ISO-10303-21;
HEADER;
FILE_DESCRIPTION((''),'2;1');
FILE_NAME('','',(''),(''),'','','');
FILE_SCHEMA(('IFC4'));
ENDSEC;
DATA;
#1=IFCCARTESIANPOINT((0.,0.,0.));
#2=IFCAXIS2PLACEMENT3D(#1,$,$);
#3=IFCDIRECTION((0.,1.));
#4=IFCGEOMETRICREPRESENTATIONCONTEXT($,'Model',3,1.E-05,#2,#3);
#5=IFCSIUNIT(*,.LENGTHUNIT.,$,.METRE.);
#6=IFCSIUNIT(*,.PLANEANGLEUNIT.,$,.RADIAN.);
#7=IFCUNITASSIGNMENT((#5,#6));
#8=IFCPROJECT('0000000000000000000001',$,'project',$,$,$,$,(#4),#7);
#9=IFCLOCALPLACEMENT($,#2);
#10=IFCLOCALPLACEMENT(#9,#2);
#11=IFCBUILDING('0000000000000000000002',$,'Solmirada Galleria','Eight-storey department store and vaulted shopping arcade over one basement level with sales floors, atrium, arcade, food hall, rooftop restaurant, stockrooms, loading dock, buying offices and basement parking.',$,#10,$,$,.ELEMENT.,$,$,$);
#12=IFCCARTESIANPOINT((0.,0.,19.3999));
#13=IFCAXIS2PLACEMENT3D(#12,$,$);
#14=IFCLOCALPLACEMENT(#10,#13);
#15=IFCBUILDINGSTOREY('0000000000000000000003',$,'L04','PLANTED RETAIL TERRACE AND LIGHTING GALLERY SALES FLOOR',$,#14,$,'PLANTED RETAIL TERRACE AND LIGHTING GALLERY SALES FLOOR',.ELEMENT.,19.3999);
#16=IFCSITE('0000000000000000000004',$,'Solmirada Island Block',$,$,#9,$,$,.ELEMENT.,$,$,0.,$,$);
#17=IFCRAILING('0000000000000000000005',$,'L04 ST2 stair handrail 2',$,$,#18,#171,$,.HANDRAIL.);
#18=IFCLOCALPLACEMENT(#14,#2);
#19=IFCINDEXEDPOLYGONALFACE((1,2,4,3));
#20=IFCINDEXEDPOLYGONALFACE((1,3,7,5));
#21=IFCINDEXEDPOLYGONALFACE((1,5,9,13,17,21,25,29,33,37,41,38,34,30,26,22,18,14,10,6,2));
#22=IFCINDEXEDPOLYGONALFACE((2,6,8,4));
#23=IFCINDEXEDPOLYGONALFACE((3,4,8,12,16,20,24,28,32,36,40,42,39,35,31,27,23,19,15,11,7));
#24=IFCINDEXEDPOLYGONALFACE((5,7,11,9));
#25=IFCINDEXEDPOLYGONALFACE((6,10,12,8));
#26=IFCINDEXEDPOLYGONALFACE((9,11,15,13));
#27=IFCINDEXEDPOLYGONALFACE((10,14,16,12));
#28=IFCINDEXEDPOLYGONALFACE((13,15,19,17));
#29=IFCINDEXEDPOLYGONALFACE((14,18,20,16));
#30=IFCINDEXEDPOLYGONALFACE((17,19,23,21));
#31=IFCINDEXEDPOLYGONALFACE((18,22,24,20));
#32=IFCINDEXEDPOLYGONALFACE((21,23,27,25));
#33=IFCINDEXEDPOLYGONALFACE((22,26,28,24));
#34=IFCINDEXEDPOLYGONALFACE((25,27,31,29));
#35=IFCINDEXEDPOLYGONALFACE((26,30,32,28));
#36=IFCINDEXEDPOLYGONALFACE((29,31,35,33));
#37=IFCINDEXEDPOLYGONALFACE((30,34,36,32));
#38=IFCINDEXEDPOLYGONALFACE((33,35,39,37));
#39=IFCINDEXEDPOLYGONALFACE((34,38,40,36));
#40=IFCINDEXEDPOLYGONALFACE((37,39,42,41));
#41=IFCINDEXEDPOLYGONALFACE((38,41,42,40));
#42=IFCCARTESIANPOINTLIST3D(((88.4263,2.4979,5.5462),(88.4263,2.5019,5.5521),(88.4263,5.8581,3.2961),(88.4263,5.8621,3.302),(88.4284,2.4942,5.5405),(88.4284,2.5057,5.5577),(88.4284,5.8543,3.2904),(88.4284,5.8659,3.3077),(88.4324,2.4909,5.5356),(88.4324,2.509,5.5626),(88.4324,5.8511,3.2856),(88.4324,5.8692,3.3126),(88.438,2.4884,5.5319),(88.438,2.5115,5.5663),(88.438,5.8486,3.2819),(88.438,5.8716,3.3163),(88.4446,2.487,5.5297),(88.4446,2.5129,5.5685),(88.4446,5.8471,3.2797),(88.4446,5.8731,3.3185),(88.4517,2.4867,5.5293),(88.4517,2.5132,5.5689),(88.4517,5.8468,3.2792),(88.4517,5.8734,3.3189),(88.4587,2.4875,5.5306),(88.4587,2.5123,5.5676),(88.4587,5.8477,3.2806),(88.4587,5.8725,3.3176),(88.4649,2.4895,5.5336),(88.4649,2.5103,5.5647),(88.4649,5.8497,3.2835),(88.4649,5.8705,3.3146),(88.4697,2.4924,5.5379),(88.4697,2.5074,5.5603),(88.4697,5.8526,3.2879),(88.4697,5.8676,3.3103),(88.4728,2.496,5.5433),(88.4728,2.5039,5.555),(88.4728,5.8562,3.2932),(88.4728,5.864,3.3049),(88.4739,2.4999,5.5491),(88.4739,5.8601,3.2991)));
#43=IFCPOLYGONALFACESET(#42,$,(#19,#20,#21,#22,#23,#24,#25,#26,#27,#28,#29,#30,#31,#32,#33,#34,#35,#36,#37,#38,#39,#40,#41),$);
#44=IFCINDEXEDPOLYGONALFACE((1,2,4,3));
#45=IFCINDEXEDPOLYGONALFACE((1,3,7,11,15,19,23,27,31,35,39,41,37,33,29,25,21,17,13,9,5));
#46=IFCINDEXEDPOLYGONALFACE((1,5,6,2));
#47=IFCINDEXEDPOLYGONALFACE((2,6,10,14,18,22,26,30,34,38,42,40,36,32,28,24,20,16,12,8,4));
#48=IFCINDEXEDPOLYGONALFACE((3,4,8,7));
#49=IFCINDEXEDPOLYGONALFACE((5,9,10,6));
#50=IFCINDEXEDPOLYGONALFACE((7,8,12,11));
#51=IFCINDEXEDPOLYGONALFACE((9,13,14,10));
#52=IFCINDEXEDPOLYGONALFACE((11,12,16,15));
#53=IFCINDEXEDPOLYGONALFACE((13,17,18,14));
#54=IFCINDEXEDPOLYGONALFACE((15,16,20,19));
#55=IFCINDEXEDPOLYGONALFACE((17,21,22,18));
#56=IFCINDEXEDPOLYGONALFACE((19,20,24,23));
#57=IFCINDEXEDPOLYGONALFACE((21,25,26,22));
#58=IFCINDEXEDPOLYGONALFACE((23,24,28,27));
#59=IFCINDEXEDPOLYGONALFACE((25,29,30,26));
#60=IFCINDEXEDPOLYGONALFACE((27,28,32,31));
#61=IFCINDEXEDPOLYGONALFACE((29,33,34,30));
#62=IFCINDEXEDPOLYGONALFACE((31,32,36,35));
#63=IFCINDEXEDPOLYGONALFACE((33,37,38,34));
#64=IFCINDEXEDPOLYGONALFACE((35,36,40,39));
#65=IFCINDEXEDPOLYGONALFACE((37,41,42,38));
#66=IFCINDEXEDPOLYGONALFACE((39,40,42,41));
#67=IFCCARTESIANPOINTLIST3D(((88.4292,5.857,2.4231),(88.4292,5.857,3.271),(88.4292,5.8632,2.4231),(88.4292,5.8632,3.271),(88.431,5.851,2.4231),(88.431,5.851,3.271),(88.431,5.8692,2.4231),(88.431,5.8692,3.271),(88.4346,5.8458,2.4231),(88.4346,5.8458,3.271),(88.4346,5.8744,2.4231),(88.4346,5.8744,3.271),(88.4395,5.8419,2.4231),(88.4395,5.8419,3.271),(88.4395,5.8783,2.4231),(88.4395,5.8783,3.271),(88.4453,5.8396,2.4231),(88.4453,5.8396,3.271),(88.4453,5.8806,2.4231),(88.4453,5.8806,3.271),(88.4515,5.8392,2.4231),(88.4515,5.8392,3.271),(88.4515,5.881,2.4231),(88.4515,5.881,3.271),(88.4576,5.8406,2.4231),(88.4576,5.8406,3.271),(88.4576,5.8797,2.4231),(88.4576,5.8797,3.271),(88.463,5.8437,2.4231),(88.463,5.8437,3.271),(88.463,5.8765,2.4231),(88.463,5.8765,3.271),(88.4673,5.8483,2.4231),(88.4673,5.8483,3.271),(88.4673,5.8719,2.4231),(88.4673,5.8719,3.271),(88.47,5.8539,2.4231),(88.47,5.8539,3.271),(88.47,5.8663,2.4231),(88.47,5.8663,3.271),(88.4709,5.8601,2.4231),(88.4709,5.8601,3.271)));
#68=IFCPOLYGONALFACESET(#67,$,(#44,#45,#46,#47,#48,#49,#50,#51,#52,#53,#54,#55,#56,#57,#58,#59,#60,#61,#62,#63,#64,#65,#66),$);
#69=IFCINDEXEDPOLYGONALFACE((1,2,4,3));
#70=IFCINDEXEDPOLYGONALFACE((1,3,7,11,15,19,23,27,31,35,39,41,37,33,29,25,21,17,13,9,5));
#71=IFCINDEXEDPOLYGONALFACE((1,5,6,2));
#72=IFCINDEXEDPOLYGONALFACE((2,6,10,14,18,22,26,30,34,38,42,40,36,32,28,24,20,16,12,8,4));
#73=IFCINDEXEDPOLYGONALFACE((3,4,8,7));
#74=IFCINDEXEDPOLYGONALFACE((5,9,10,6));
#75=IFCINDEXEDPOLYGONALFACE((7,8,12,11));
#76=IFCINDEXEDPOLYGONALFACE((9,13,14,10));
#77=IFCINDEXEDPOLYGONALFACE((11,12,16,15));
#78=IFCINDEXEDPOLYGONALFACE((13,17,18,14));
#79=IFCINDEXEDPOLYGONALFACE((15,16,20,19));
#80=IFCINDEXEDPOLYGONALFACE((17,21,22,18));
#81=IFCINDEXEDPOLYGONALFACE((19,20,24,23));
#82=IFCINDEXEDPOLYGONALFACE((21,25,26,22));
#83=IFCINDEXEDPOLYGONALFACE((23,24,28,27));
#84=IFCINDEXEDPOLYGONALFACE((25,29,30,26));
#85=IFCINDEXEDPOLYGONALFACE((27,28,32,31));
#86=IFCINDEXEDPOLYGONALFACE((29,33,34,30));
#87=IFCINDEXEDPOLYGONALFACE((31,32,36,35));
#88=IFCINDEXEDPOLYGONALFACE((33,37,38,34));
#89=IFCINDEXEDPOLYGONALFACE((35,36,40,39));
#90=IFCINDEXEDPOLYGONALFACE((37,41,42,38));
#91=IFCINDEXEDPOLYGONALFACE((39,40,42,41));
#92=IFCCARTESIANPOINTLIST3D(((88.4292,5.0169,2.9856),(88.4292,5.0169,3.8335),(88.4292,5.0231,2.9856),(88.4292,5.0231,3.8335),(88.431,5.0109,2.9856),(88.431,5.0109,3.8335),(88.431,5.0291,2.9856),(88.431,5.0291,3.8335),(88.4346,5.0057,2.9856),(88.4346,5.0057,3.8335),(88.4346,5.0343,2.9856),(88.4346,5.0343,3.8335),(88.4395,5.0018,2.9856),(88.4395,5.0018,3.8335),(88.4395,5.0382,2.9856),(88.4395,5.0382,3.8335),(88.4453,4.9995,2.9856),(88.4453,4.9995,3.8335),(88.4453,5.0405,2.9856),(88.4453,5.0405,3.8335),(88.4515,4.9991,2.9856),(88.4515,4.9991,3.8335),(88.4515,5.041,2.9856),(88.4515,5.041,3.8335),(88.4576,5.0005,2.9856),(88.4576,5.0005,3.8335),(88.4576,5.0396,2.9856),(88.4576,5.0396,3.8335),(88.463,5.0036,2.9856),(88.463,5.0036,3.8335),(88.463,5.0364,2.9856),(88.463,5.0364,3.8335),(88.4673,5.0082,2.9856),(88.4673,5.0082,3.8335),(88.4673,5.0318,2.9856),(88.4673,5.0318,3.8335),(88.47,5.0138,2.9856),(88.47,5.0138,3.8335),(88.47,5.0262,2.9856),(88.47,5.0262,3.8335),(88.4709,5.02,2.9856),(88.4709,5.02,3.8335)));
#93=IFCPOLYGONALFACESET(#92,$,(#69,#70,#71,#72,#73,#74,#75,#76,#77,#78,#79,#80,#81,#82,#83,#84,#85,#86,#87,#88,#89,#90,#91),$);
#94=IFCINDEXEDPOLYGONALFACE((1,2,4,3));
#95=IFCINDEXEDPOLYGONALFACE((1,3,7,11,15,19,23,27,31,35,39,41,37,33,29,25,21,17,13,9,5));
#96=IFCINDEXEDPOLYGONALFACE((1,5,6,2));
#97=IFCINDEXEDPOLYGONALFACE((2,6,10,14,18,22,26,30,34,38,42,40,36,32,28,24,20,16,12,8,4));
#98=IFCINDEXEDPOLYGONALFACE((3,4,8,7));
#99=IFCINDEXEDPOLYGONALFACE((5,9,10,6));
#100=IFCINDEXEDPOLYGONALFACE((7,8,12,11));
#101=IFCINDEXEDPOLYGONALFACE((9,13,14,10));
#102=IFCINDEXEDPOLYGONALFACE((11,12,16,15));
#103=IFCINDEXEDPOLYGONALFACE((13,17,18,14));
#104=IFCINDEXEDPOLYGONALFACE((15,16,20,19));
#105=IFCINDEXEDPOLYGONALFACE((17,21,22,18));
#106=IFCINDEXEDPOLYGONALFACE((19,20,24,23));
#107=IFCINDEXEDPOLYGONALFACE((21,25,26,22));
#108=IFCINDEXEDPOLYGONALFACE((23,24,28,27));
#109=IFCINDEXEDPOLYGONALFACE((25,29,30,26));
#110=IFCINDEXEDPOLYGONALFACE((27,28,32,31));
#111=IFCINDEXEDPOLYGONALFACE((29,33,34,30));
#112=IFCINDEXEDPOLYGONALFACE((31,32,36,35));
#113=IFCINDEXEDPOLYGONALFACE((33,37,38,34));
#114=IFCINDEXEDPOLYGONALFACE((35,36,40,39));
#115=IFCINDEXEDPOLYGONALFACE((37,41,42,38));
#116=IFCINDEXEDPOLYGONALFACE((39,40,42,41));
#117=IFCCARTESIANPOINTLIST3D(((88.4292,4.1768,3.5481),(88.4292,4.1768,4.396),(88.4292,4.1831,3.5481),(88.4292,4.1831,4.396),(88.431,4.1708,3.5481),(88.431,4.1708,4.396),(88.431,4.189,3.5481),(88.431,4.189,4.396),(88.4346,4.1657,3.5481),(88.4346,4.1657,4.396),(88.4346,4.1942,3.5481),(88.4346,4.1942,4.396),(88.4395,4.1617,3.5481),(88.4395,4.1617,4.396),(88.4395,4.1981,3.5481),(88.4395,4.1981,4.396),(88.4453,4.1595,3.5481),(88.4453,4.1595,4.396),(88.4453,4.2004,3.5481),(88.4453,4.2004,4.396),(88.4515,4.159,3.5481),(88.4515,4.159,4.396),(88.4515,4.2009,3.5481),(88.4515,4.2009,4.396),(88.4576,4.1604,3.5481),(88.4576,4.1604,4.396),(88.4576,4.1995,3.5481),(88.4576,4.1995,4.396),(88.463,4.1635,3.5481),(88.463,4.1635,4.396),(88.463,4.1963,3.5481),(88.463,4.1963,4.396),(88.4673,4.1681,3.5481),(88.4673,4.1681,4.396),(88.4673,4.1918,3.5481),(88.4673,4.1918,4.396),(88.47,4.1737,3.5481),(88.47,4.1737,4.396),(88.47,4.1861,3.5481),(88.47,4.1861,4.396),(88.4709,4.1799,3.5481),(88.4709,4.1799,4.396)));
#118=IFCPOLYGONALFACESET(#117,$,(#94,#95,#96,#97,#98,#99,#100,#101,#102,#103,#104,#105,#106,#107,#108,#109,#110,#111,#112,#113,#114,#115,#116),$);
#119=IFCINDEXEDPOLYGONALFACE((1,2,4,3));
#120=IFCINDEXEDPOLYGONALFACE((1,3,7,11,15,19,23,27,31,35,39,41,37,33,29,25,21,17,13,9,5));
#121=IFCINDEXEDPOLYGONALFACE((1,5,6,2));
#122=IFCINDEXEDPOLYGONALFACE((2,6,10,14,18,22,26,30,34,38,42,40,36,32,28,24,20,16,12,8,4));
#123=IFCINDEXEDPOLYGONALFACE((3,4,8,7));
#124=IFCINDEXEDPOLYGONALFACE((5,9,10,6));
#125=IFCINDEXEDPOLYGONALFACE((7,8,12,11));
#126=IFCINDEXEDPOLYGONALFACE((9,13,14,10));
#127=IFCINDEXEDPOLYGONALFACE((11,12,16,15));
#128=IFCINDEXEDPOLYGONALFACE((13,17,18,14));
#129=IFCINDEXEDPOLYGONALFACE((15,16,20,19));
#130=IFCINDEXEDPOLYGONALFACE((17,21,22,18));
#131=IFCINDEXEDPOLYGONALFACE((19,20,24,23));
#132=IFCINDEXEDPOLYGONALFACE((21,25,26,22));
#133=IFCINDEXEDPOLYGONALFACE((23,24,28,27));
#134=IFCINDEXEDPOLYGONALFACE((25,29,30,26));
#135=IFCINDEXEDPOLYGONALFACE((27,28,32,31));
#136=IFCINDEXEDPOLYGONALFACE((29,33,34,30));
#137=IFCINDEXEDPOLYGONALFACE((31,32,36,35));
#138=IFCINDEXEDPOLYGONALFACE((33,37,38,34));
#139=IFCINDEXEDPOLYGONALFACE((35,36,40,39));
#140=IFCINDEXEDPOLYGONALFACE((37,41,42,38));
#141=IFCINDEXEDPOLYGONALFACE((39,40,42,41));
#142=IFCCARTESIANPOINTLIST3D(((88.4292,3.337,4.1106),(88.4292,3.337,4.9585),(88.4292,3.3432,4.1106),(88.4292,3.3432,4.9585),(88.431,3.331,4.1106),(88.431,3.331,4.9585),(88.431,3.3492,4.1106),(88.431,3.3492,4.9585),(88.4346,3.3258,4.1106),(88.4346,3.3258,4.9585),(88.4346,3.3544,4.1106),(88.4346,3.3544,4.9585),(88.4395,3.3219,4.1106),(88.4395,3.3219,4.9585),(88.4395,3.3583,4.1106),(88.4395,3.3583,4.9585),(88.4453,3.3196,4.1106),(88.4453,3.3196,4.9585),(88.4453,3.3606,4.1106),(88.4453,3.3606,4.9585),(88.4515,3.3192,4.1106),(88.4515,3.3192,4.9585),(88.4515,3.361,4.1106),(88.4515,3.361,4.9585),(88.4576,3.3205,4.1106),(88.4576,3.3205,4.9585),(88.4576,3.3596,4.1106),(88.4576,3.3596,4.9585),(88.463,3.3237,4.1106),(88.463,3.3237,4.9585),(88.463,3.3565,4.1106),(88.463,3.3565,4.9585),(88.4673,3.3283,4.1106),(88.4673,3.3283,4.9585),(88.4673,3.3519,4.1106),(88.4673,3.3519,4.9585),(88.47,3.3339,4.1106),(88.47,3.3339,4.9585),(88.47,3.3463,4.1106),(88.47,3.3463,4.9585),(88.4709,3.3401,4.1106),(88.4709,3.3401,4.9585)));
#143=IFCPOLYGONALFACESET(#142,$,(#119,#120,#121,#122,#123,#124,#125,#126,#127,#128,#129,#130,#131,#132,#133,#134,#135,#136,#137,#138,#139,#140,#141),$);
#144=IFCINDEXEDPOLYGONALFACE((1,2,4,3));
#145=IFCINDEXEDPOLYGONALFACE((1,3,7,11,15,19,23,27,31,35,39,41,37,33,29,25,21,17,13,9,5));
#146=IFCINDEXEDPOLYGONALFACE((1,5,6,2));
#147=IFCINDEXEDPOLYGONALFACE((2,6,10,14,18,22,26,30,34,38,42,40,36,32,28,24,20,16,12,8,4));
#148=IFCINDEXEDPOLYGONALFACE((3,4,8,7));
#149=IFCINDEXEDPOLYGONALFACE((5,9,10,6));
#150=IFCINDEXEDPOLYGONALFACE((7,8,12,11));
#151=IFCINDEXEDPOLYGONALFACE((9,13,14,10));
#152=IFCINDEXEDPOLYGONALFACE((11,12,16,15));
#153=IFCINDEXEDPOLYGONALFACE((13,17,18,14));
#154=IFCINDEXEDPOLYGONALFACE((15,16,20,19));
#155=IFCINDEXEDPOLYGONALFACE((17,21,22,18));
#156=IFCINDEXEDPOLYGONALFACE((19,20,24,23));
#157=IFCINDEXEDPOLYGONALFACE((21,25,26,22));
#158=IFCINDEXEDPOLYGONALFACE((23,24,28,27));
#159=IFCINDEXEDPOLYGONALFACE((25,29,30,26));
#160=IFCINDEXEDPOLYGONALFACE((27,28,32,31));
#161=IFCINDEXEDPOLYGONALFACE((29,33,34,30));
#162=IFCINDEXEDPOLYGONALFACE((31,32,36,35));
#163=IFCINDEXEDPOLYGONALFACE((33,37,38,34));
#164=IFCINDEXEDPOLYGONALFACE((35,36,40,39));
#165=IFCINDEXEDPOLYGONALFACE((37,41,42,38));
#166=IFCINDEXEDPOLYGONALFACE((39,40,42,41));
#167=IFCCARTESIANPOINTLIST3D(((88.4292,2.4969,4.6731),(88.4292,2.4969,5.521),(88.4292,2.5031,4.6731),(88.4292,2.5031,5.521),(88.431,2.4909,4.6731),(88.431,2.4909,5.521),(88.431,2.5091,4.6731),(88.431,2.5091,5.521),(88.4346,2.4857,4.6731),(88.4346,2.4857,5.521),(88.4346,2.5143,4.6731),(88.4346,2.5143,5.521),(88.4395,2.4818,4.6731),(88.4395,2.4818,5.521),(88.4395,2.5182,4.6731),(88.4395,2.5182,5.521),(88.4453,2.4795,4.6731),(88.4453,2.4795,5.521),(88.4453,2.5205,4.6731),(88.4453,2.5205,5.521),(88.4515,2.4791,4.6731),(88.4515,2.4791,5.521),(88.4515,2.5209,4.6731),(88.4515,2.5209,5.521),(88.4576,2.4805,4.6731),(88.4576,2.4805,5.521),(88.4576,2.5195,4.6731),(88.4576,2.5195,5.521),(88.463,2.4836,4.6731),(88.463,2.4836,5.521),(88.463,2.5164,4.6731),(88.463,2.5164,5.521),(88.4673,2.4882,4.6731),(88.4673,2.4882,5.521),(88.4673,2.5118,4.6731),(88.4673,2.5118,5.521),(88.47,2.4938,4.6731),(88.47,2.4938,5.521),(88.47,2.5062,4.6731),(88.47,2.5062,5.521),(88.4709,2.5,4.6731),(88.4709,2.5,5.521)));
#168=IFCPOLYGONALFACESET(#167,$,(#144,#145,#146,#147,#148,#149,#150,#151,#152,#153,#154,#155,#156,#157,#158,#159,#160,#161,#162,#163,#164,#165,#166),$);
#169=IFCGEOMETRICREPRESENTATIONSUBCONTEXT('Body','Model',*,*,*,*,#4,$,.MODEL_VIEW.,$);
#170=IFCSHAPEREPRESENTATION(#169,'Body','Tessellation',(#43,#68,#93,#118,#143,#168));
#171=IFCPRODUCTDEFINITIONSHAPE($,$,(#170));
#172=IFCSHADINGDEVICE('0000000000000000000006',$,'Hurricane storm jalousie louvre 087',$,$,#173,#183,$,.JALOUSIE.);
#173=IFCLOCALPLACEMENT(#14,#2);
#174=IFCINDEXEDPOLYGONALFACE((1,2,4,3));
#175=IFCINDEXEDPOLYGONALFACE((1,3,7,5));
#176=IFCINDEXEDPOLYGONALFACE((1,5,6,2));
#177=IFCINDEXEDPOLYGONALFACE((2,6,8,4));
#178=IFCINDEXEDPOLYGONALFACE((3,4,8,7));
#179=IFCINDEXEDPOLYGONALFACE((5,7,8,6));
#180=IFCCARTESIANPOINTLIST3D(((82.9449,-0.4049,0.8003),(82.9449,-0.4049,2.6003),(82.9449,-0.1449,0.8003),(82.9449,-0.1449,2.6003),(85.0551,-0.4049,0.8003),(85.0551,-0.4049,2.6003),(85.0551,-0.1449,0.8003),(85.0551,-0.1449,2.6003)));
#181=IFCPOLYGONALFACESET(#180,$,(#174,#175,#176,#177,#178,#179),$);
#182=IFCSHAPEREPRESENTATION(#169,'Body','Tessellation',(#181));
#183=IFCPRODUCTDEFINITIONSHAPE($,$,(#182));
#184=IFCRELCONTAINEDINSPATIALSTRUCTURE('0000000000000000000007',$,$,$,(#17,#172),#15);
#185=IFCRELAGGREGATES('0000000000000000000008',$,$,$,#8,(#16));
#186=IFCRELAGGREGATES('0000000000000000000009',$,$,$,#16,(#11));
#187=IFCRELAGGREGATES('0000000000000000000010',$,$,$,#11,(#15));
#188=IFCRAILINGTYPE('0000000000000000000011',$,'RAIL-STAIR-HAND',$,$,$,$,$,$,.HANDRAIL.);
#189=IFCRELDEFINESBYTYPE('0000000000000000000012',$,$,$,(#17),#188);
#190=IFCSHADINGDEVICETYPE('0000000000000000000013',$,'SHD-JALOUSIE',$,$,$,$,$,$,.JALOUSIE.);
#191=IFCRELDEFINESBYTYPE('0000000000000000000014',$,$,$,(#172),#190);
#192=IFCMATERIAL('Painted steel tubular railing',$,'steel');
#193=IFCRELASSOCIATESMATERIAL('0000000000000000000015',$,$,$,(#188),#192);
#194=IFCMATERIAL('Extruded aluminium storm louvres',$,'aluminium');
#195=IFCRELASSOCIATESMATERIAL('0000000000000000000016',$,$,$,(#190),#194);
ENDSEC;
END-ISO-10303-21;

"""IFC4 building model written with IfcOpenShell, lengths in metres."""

from ifc_helpers import new_model, si_unit, direction, frame, origin, origin_2d, place, context, subcontext, project, spatial, rectangle, circle, extrude, material, type_object, element, save


model = new_model("IFC4")

# Units and contexts
model_context = context("Model", 3, precision=1e-05, world=origin(), true_north=direction((0.0, 1.0)))
body_context = subcontext(model_context, "Body", "Model", "MODEL_VIEW")
ifc_project = project(units=[si_unit("LENGTHUNIT", "METRE"), si_unit("PLANEANGLEUNIT", "RADIAN")], contexts=[model_context])

# Site, building, storey
site_placement = place(None, origin())
site = spatial("IfcSite", under=ifc_project, at=site_placement, Name="Solmirada Island Block", CompositionType="ELEMENT", RefElevation=0.0)
building_placement = place(site_placement, origin())
building = spatial("IfcBuilding", under=site, at=building_placement, Name="Solmirada Galleria", Description="Eight-storey department store and vaulted shopping arcade over one basement level with sales floors, atrium, arcade, food hall, rooftop restaurant, stockrooms, loading dock, buying offices and basement parking.", CompositionType="ELEMENT")
storey_placement = place(building_placement, frame((0.0, 0.0, 19.3999)))
storey = spatial("IfcBuildingStorey", under=building, at=storey_placement, Name="L04", Description="PLANTED RETAIL TERRACE AND LIGHTING GALLERY SALES FLOOR", LongName="PLANTED RETAIL TERRACE AND LIGHTING GALLERY SALES FLOOR", CompositionType="ELEMENT", Elevation=19.3999)

# Railing
ifc_material_1 = material(Name="Painted steel tubular railing", Category="steel")
railing_type_1 = type_object("IfcRailingType", Name="RAIL-STAIR-HAND", PredefinedType="HANDRAIL", material=ifc_material_1)
railing_1_placement = place(storey_placement, frame((88.45, 5.8601, 2.4231)))
element("IfcRailing", 1, at=railing_1_placement, inside=storey, type_object=railing_type_1, Name="L04 ST2 stair handrail 2", PredefinedType="HANDRAIL", context=body_context, shape_type="SweptSolid", body=[
    extrude(circle(Radius=0.0239, at=origin_2d()), frame((0.0, 0.0, 0.876), z_axis=(0.0, -0.830915, 0.556399), x_axis=(1.0, 0.0, 0.0)), (0.0, 0.0, 1.0), 4.0439),
    extrude(circle(Radius=0.021, at=origin_2d()), origin(), (0.0, 0.0, 1.0), 0.8479),
    extrude(circle(Radius=0.021, at=origin_2d()), frame((0.0, -0.8401, 0.5625)), (0.0, 0.0, 1.0), 0.8479),
    extrude(circle(Radius=0.021, at=origin_2d()), frame((0.0, -1.6802, 1.125)), (0.0, 0.0, 1.0), 0.8479),
    extrude(circle(Radius=0.021, at=origin_2d()), frame((0.0, -2.52, 1.6875)), (0.0, 0.0, 1.0), 0.8479),
    extrude(circle(Radius=0.021, at=origin_2d()), frame((0.0, -3.3601, 2.25)), (0.0, 0.0, 1.0), 0.8479),
])

# Shading device
ifc_material_2 = material(Name="Extruded aluminium storm louvres", Category="aluminium")
shading_device_type = type_object("IfcShadingDeviceType", Name="SHD-JALOUSIE", PredefinedType="JALOUSIE", material=ifc_material_2)
shading_device_placement = place(storey_placement, frame((84.0, -0.2749, 0.8003), z_axis=(0.0, 0.0, 1.0), x_axis=(-1.0, 0.0, 0.0)))
element("IfcShadingDevice", 2, at=shading_device_placement, inside=storey, type_object=shading_device_type, Name="Hurricane storm jalousie louvre 087", PredefinedType="JALOUSIE", context=body_context, shape_type="SweptSolid", body=[
    extrude(rectangle(XDim=2.1101, YDim=0.26, at=origin_2d()), origin(), (0.0, 0.0, 1.0), 1.8),
])

save(model, "model.ifc")
